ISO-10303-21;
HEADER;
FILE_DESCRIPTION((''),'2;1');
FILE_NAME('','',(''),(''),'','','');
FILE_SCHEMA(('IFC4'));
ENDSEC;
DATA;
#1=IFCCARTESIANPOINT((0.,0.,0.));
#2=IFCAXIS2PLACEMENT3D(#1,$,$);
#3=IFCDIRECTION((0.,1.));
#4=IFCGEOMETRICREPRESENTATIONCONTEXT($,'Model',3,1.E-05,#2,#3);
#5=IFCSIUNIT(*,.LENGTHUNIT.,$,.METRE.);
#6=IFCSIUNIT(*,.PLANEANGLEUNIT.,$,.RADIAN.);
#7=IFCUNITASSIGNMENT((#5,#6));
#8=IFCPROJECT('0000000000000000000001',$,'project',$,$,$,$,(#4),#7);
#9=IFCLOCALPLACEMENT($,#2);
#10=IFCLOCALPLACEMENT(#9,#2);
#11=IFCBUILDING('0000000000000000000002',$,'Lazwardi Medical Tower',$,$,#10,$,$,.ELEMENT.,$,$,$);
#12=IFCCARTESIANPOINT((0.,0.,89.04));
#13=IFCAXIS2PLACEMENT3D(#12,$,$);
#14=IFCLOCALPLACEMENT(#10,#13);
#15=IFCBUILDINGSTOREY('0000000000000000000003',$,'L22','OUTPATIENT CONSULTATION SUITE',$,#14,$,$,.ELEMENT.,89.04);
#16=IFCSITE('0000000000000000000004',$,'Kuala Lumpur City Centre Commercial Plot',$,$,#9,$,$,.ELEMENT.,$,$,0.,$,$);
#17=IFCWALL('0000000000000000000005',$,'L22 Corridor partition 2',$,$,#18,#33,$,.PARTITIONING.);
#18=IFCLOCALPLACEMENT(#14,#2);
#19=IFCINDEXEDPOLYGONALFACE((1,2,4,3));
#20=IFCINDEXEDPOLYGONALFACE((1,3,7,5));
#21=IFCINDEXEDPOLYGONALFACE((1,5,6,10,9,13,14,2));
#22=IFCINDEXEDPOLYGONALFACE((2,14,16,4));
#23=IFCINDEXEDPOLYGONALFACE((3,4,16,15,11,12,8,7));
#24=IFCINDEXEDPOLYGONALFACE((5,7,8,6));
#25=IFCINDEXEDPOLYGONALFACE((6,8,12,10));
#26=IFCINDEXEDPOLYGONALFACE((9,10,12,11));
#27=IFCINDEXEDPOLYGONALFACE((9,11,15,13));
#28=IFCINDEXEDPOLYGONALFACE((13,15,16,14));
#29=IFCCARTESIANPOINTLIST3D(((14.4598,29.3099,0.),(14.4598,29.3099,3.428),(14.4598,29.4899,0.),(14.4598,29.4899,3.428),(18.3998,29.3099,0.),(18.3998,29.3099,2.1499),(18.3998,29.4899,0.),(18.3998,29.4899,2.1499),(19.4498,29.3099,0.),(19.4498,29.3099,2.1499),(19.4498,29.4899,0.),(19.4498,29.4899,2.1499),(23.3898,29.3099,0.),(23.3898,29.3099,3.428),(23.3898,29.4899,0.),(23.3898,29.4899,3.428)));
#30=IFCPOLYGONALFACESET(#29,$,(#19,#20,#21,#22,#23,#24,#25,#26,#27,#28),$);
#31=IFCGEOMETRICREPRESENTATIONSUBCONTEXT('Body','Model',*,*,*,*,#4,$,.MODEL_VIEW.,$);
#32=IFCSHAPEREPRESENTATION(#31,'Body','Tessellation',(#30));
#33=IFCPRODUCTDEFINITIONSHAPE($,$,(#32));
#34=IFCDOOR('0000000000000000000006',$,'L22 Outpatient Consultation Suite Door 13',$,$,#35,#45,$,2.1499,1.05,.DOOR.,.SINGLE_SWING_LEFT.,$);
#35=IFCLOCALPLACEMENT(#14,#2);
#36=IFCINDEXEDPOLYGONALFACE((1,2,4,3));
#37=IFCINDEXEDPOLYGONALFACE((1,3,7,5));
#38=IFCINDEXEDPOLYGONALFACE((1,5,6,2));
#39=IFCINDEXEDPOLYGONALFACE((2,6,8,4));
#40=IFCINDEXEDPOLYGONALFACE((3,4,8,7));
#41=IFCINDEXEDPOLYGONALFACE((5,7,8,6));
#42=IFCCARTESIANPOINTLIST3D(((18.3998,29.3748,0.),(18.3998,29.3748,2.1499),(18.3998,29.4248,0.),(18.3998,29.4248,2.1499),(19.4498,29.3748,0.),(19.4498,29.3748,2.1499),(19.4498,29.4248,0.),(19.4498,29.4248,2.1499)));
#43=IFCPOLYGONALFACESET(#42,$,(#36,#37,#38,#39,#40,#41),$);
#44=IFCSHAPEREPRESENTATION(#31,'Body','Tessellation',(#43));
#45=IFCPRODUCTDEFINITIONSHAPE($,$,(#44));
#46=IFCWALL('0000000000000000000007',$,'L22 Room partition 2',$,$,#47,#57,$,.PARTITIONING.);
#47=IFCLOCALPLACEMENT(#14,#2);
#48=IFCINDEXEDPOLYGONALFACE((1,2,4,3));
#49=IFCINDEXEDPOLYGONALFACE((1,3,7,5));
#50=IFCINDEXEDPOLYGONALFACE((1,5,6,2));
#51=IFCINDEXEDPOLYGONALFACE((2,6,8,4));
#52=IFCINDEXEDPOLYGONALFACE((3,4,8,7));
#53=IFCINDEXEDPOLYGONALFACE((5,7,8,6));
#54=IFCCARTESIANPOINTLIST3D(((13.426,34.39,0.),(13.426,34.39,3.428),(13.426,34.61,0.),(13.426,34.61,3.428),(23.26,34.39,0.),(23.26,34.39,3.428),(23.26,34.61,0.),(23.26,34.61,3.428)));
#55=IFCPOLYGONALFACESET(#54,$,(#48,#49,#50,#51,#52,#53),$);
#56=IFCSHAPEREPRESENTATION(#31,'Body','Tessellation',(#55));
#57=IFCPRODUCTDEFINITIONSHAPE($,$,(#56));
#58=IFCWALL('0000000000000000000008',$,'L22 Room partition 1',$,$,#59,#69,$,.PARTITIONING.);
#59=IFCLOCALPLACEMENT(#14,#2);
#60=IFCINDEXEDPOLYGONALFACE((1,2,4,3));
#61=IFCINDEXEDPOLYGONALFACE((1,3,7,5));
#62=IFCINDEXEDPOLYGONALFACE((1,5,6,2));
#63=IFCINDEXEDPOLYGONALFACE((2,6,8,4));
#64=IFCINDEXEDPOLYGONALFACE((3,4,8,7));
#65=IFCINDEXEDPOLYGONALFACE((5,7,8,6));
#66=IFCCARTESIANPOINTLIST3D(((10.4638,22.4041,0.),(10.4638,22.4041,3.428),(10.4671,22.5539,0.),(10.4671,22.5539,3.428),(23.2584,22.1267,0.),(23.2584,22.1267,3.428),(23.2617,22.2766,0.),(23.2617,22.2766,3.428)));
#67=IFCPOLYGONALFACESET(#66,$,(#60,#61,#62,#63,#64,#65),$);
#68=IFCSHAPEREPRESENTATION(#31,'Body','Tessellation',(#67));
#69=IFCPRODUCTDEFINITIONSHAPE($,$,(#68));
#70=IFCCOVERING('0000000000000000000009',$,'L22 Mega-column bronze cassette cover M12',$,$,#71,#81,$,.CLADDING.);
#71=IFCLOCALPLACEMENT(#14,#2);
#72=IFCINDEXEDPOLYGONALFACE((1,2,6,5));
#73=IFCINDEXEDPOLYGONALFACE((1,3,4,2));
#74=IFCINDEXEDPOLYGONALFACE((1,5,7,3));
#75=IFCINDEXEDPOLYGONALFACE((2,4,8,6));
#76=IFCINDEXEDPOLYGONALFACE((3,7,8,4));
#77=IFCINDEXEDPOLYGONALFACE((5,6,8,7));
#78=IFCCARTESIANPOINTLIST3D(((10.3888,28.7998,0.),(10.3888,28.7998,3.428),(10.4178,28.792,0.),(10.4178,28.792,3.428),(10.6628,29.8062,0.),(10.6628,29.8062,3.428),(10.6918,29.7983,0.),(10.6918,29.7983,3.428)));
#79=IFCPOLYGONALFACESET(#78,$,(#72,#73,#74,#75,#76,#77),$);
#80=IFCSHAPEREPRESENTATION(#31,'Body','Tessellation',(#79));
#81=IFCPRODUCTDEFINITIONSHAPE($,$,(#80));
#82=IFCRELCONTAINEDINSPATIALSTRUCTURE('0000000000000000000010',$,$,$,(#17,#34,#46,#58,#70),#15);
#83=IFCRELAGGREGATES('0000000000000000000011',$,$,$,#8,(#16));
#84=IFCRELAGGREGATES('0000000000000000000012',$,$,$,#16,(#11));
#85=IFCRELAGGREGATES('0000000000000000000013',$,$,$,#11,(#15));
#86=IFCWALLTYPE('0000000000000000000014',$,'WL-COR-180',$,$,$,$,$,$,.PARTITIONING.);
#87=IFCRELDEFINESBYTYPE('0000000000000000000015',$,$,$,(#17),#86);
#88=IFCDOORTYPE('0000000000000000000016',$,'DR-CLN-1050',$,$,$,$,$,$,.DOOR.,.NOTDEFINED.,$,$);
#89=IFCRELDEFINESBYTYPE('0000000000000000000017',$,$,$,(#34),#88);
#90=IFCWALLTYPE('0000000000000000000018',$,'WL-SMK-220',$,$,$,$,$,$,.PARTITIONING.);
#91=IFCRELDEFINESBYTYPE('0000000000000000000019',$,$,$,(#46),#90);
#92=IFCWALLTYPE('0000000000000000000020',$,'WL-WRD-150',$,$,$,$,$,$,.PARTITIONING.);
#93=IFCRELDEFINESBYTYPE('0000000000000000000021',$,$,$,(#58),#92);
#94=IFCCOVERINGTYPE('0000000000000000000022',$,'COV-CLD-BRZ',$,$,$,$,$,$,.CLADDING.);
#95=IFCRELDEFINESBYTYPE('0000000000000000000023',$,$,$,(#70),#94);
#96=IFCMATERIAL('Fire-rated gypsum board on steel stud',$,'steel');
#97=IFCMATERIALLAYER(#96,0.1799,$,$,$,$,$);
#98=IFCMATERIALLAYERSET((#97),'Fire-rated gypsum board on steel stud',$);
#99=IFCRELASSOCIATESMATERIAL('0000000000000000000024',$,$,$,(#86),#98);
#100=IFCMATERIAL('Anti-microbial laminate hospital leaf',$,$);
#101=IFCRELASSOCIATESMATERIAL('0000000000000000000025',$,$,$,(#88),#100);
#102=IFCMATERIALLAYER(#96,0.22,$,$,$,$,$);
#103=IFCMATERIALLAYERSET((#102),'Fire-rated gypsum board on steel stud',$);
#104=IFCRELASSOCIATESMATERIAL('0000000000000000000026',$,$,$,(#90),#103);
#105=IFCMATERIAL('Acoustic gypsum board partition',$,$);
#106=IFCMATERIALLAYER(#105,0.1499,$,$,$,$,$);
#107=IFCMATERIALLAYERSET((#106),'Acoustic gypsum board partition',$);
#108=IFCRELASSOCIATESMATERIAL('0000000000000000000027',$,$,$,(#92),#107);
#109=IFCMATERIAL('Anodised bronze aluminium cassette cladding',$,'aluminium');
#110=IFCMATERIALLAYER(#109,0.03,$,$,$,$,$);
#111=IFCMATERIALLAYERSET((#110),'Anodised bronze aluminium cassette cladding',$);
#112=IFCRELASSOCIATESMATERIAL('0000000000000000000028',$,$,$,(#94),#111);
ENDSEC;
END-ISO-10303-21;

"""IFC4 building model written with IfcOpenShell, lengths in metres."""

from ifc_helpers import new_model, si_unit, direction, frame, frame_2d, origin, origin_2d, place, context, subcontext, project, spatial, rectangle, extrude, material, layer, layer_set, type_object, element, fill, save


model = new_model("IFC4")

# Units and contexts
model_context = context("Model", 3, precision=1e-05, world=origin(), true_north=direction((0.0, 1.0)))
body_context = subcontext(model_context, "Body", "Model", "MODEL_VIEW")
ifc_project = project(units=[si_unit("LENGTHUNIT", "METRE"), si_unit("PLANEANGLEUNIT", "RADIAN")], contexts=[model_context])

# Site, building, storey
site_placement = place(None, origin())
site = spatial("IfcSite", under=ifc_project, at=site_placement, Name="Kuala Lumpur City Centre Commercial Plot", CompositionType="ELEMENT", RefElevation=0.0)
building_placement = place(site_placement, origin())
building = spatial("IfcBuilding", under=site, at=building_placement, Name="Lazwardi Medical Tower", CompositionType="ELEMENT")
storey_placement = place(building_placement, frame((0.0, 0.0, 89.04)))
storey = spatial("IfcBuildingStorey", under=building, at=storey_placement, Name="L22", Description="OUTPATIENT CONSULTATION SUITE", CompositionType="ELEMENT", Elevation=89.04)

# Shared definitions
ifc_material_1 = material(Name="Fire-rated gypsum board on steel stud", Category="steel")
ifc_layer_1 = layer(ifc_material_1, 0.1799)
ifc_layer_set_1 = layer_set([ifc_layer_1], Name="Fire-rated gypsum board on steel stud")
wall_type_1 = type_object("IfcWallType", Name="WL-COR-180", PredefinedType="PARTITIONING", material=ifc_layer_set_1)

# Wall, opening, door
wall_1_placement = place(storey_placement, frame((14.46, 29.3999, 0.0), z_axis=(0.0, 0.0, 1.0), x_axis=(1.0, 0.0, 0.0)))
wall_1 = element("IfcWall", 1, at=wall_1_placement, inside=storey, type_object=wall_type_1, Name="L22 Corridor partition 2", PredefinedType="PARTITIONING", context=body_context, shape_type="SweptSolid", body=[
    extrude(rectangle(XDim=8.9299, YDim=0.1799, at=frame_2d((4.4648, 0.0))), origin(), (0.0, 0.0, 1.0), 3.428),
])
opening_placement = place(wall_1_placement, frame((3.9399, 0.0, 0.0)))
opening = element("IfcOpeningElement", 2, at=opening_placement, cuts=wall_1, PredefinedType="OPENING", context=body_context, shape_type="SweptSolid", body=[
    extrude(rectangle(XDim=1.05, YDim=2.1499, at=frame_2d((0.5249, 1.075))), frame((0.0, 0.0999, 0.0), z_axis=(0.0, -1.0, 0.0), x_axis=(1.0, 0.0, 0.0)), (0.0, 0.0, 1.0), 0.2),
])
ifc_material_2 = material(Name="Anti-microbial laminate hospital leaf")
door_type = type_object("IfcDoorType", Name="DR-CLN-1050", OperationType="NOTDEFINED", PredefinedType="DOOR", material=ifc_material_2)
door_placement = place(opening_placement, origin())
door = element("IfcDoor", 3, at=door_placement, inside=storey, type_object=door_type, Name="L22 Outpatient Consultation Suite Door 13", OperationType="SINGLE_SWING_LEFT", OverallHeight=2.1499, OverallWidth=1.05, PredefinedType="DOOR", context=body_context, shape_type="SweptSolid", body=[
    extrude(rectangle(XDim=1.05, YDim=2.1499, at=frame_2d((0.5249, 1.075))), frame((0.0, 0.0249, 0.0), z_axis=(0.0, -1.0, 0.0), x_axis=(1.0, 0.0, 0.0)), (0.0, 0.0, 1.0), 0.05),
])
fill(opening, door)

# Walls
ifc_layer_2 = layer(ifc_material_1, 0.22)
ifc_layer_set_2 = layer_set([ifc_layer_2], Name="Fire-rated gypsum board on steel stud")
wall_type_2 = type_object("IfcWallType", Name="WL-SMK-220", PredefinedType="PARTITIONING", material=ifc_layer_set_2)
wall_2_placement = place(storey_placement, frame((13.426, 34.5, 0.0), z_axis=(0.0, 0.0, 1.0), x_axis=(1.0, 0.0, 0.0)))
element("IfcWall", 4, at=wall_2_placement, inside=storey, type_object=wall_type_2, Name="L22 Room partition 2", PredefinedType="PARTITIONING", context=body_context, shape_type="SweptSolid", body=[
    extrude(rectangle(XDim=9.834, YDim=0.22, at=frame_2d((4.917, 0.0))), origin(), (0.0, 0.0, 1.0), 3.428),
])
ifc_material_3 = material(Name="Acoustic gypsum board partition")
ifc_layer_3 = layer(ifc_material_3, 0.1499)
ifc_layer_set_3 = layer_set([ifc_layer_3], Name="Acoustic gypsum board partition")
wall_type_3 = type_object("IfcWallType", Name="WL-WRD-150", PredefinedType="PARTITIONING", material=ifc_layer_set_3)
wall_3_placement = place(storey_placement, frame((10.4653, 22.479, 0.0), z_axis=(0.0, 0.0, 1.0), x_axis=(0.999765, -0.021671, 0.0)))
element("IfcWall", 5, at=wall_3_placement, inside=storey, type_object=wall_type_3, Name="L22 Room partition 1", PredefinedType="PARTITIONING", context=body_context, shape_type="SweptSolid", body=[
    extrude(rectangle(XDim=12.7976, YDim=0.1499, at=frame_2d((6.3989, 0.0))), origin(), (0.0, 0.0, 1.0), 3.428),
])

# Covering
ifc_material_4 = material(Name="Anodised bronze aluminium cassette cladding", Category="aluminium")
ifc_layer_4 = layer(ifc_material_4, 0.03)
ifc_layer_set_4 = layer_set([ifc_layer_4], Name="Anodised bronze aluminium cassette cladding")
covering_type = type_object("IfcCoveringType", Name="COV-CLD-BRZ", PredefinedType="CLADDING", material=ifc_layer_set_4)
covering_placement = place(storey_placement, frame((10.5403, 29.2991, 0.0), z_axis=(0.0, 0.0, 1.0), x_axis=(-0.262696, -0.964879, 0.0)))
element("IfcCovering", 6, at=covering_placement, inside=storey, type_object=covering_type, Name="L22 Mega-column bronze cassette cover M12", PredefinedType="CLADDING", context=body_context, shape_type="SweptSolid", body=[
    extrude(rectangle(XDim=1.043, YDim=0.03, at=origin_2d()), origin(), (0.0, 0.0, 1.0), 3.428),
])

save(model, "model.ifc")
